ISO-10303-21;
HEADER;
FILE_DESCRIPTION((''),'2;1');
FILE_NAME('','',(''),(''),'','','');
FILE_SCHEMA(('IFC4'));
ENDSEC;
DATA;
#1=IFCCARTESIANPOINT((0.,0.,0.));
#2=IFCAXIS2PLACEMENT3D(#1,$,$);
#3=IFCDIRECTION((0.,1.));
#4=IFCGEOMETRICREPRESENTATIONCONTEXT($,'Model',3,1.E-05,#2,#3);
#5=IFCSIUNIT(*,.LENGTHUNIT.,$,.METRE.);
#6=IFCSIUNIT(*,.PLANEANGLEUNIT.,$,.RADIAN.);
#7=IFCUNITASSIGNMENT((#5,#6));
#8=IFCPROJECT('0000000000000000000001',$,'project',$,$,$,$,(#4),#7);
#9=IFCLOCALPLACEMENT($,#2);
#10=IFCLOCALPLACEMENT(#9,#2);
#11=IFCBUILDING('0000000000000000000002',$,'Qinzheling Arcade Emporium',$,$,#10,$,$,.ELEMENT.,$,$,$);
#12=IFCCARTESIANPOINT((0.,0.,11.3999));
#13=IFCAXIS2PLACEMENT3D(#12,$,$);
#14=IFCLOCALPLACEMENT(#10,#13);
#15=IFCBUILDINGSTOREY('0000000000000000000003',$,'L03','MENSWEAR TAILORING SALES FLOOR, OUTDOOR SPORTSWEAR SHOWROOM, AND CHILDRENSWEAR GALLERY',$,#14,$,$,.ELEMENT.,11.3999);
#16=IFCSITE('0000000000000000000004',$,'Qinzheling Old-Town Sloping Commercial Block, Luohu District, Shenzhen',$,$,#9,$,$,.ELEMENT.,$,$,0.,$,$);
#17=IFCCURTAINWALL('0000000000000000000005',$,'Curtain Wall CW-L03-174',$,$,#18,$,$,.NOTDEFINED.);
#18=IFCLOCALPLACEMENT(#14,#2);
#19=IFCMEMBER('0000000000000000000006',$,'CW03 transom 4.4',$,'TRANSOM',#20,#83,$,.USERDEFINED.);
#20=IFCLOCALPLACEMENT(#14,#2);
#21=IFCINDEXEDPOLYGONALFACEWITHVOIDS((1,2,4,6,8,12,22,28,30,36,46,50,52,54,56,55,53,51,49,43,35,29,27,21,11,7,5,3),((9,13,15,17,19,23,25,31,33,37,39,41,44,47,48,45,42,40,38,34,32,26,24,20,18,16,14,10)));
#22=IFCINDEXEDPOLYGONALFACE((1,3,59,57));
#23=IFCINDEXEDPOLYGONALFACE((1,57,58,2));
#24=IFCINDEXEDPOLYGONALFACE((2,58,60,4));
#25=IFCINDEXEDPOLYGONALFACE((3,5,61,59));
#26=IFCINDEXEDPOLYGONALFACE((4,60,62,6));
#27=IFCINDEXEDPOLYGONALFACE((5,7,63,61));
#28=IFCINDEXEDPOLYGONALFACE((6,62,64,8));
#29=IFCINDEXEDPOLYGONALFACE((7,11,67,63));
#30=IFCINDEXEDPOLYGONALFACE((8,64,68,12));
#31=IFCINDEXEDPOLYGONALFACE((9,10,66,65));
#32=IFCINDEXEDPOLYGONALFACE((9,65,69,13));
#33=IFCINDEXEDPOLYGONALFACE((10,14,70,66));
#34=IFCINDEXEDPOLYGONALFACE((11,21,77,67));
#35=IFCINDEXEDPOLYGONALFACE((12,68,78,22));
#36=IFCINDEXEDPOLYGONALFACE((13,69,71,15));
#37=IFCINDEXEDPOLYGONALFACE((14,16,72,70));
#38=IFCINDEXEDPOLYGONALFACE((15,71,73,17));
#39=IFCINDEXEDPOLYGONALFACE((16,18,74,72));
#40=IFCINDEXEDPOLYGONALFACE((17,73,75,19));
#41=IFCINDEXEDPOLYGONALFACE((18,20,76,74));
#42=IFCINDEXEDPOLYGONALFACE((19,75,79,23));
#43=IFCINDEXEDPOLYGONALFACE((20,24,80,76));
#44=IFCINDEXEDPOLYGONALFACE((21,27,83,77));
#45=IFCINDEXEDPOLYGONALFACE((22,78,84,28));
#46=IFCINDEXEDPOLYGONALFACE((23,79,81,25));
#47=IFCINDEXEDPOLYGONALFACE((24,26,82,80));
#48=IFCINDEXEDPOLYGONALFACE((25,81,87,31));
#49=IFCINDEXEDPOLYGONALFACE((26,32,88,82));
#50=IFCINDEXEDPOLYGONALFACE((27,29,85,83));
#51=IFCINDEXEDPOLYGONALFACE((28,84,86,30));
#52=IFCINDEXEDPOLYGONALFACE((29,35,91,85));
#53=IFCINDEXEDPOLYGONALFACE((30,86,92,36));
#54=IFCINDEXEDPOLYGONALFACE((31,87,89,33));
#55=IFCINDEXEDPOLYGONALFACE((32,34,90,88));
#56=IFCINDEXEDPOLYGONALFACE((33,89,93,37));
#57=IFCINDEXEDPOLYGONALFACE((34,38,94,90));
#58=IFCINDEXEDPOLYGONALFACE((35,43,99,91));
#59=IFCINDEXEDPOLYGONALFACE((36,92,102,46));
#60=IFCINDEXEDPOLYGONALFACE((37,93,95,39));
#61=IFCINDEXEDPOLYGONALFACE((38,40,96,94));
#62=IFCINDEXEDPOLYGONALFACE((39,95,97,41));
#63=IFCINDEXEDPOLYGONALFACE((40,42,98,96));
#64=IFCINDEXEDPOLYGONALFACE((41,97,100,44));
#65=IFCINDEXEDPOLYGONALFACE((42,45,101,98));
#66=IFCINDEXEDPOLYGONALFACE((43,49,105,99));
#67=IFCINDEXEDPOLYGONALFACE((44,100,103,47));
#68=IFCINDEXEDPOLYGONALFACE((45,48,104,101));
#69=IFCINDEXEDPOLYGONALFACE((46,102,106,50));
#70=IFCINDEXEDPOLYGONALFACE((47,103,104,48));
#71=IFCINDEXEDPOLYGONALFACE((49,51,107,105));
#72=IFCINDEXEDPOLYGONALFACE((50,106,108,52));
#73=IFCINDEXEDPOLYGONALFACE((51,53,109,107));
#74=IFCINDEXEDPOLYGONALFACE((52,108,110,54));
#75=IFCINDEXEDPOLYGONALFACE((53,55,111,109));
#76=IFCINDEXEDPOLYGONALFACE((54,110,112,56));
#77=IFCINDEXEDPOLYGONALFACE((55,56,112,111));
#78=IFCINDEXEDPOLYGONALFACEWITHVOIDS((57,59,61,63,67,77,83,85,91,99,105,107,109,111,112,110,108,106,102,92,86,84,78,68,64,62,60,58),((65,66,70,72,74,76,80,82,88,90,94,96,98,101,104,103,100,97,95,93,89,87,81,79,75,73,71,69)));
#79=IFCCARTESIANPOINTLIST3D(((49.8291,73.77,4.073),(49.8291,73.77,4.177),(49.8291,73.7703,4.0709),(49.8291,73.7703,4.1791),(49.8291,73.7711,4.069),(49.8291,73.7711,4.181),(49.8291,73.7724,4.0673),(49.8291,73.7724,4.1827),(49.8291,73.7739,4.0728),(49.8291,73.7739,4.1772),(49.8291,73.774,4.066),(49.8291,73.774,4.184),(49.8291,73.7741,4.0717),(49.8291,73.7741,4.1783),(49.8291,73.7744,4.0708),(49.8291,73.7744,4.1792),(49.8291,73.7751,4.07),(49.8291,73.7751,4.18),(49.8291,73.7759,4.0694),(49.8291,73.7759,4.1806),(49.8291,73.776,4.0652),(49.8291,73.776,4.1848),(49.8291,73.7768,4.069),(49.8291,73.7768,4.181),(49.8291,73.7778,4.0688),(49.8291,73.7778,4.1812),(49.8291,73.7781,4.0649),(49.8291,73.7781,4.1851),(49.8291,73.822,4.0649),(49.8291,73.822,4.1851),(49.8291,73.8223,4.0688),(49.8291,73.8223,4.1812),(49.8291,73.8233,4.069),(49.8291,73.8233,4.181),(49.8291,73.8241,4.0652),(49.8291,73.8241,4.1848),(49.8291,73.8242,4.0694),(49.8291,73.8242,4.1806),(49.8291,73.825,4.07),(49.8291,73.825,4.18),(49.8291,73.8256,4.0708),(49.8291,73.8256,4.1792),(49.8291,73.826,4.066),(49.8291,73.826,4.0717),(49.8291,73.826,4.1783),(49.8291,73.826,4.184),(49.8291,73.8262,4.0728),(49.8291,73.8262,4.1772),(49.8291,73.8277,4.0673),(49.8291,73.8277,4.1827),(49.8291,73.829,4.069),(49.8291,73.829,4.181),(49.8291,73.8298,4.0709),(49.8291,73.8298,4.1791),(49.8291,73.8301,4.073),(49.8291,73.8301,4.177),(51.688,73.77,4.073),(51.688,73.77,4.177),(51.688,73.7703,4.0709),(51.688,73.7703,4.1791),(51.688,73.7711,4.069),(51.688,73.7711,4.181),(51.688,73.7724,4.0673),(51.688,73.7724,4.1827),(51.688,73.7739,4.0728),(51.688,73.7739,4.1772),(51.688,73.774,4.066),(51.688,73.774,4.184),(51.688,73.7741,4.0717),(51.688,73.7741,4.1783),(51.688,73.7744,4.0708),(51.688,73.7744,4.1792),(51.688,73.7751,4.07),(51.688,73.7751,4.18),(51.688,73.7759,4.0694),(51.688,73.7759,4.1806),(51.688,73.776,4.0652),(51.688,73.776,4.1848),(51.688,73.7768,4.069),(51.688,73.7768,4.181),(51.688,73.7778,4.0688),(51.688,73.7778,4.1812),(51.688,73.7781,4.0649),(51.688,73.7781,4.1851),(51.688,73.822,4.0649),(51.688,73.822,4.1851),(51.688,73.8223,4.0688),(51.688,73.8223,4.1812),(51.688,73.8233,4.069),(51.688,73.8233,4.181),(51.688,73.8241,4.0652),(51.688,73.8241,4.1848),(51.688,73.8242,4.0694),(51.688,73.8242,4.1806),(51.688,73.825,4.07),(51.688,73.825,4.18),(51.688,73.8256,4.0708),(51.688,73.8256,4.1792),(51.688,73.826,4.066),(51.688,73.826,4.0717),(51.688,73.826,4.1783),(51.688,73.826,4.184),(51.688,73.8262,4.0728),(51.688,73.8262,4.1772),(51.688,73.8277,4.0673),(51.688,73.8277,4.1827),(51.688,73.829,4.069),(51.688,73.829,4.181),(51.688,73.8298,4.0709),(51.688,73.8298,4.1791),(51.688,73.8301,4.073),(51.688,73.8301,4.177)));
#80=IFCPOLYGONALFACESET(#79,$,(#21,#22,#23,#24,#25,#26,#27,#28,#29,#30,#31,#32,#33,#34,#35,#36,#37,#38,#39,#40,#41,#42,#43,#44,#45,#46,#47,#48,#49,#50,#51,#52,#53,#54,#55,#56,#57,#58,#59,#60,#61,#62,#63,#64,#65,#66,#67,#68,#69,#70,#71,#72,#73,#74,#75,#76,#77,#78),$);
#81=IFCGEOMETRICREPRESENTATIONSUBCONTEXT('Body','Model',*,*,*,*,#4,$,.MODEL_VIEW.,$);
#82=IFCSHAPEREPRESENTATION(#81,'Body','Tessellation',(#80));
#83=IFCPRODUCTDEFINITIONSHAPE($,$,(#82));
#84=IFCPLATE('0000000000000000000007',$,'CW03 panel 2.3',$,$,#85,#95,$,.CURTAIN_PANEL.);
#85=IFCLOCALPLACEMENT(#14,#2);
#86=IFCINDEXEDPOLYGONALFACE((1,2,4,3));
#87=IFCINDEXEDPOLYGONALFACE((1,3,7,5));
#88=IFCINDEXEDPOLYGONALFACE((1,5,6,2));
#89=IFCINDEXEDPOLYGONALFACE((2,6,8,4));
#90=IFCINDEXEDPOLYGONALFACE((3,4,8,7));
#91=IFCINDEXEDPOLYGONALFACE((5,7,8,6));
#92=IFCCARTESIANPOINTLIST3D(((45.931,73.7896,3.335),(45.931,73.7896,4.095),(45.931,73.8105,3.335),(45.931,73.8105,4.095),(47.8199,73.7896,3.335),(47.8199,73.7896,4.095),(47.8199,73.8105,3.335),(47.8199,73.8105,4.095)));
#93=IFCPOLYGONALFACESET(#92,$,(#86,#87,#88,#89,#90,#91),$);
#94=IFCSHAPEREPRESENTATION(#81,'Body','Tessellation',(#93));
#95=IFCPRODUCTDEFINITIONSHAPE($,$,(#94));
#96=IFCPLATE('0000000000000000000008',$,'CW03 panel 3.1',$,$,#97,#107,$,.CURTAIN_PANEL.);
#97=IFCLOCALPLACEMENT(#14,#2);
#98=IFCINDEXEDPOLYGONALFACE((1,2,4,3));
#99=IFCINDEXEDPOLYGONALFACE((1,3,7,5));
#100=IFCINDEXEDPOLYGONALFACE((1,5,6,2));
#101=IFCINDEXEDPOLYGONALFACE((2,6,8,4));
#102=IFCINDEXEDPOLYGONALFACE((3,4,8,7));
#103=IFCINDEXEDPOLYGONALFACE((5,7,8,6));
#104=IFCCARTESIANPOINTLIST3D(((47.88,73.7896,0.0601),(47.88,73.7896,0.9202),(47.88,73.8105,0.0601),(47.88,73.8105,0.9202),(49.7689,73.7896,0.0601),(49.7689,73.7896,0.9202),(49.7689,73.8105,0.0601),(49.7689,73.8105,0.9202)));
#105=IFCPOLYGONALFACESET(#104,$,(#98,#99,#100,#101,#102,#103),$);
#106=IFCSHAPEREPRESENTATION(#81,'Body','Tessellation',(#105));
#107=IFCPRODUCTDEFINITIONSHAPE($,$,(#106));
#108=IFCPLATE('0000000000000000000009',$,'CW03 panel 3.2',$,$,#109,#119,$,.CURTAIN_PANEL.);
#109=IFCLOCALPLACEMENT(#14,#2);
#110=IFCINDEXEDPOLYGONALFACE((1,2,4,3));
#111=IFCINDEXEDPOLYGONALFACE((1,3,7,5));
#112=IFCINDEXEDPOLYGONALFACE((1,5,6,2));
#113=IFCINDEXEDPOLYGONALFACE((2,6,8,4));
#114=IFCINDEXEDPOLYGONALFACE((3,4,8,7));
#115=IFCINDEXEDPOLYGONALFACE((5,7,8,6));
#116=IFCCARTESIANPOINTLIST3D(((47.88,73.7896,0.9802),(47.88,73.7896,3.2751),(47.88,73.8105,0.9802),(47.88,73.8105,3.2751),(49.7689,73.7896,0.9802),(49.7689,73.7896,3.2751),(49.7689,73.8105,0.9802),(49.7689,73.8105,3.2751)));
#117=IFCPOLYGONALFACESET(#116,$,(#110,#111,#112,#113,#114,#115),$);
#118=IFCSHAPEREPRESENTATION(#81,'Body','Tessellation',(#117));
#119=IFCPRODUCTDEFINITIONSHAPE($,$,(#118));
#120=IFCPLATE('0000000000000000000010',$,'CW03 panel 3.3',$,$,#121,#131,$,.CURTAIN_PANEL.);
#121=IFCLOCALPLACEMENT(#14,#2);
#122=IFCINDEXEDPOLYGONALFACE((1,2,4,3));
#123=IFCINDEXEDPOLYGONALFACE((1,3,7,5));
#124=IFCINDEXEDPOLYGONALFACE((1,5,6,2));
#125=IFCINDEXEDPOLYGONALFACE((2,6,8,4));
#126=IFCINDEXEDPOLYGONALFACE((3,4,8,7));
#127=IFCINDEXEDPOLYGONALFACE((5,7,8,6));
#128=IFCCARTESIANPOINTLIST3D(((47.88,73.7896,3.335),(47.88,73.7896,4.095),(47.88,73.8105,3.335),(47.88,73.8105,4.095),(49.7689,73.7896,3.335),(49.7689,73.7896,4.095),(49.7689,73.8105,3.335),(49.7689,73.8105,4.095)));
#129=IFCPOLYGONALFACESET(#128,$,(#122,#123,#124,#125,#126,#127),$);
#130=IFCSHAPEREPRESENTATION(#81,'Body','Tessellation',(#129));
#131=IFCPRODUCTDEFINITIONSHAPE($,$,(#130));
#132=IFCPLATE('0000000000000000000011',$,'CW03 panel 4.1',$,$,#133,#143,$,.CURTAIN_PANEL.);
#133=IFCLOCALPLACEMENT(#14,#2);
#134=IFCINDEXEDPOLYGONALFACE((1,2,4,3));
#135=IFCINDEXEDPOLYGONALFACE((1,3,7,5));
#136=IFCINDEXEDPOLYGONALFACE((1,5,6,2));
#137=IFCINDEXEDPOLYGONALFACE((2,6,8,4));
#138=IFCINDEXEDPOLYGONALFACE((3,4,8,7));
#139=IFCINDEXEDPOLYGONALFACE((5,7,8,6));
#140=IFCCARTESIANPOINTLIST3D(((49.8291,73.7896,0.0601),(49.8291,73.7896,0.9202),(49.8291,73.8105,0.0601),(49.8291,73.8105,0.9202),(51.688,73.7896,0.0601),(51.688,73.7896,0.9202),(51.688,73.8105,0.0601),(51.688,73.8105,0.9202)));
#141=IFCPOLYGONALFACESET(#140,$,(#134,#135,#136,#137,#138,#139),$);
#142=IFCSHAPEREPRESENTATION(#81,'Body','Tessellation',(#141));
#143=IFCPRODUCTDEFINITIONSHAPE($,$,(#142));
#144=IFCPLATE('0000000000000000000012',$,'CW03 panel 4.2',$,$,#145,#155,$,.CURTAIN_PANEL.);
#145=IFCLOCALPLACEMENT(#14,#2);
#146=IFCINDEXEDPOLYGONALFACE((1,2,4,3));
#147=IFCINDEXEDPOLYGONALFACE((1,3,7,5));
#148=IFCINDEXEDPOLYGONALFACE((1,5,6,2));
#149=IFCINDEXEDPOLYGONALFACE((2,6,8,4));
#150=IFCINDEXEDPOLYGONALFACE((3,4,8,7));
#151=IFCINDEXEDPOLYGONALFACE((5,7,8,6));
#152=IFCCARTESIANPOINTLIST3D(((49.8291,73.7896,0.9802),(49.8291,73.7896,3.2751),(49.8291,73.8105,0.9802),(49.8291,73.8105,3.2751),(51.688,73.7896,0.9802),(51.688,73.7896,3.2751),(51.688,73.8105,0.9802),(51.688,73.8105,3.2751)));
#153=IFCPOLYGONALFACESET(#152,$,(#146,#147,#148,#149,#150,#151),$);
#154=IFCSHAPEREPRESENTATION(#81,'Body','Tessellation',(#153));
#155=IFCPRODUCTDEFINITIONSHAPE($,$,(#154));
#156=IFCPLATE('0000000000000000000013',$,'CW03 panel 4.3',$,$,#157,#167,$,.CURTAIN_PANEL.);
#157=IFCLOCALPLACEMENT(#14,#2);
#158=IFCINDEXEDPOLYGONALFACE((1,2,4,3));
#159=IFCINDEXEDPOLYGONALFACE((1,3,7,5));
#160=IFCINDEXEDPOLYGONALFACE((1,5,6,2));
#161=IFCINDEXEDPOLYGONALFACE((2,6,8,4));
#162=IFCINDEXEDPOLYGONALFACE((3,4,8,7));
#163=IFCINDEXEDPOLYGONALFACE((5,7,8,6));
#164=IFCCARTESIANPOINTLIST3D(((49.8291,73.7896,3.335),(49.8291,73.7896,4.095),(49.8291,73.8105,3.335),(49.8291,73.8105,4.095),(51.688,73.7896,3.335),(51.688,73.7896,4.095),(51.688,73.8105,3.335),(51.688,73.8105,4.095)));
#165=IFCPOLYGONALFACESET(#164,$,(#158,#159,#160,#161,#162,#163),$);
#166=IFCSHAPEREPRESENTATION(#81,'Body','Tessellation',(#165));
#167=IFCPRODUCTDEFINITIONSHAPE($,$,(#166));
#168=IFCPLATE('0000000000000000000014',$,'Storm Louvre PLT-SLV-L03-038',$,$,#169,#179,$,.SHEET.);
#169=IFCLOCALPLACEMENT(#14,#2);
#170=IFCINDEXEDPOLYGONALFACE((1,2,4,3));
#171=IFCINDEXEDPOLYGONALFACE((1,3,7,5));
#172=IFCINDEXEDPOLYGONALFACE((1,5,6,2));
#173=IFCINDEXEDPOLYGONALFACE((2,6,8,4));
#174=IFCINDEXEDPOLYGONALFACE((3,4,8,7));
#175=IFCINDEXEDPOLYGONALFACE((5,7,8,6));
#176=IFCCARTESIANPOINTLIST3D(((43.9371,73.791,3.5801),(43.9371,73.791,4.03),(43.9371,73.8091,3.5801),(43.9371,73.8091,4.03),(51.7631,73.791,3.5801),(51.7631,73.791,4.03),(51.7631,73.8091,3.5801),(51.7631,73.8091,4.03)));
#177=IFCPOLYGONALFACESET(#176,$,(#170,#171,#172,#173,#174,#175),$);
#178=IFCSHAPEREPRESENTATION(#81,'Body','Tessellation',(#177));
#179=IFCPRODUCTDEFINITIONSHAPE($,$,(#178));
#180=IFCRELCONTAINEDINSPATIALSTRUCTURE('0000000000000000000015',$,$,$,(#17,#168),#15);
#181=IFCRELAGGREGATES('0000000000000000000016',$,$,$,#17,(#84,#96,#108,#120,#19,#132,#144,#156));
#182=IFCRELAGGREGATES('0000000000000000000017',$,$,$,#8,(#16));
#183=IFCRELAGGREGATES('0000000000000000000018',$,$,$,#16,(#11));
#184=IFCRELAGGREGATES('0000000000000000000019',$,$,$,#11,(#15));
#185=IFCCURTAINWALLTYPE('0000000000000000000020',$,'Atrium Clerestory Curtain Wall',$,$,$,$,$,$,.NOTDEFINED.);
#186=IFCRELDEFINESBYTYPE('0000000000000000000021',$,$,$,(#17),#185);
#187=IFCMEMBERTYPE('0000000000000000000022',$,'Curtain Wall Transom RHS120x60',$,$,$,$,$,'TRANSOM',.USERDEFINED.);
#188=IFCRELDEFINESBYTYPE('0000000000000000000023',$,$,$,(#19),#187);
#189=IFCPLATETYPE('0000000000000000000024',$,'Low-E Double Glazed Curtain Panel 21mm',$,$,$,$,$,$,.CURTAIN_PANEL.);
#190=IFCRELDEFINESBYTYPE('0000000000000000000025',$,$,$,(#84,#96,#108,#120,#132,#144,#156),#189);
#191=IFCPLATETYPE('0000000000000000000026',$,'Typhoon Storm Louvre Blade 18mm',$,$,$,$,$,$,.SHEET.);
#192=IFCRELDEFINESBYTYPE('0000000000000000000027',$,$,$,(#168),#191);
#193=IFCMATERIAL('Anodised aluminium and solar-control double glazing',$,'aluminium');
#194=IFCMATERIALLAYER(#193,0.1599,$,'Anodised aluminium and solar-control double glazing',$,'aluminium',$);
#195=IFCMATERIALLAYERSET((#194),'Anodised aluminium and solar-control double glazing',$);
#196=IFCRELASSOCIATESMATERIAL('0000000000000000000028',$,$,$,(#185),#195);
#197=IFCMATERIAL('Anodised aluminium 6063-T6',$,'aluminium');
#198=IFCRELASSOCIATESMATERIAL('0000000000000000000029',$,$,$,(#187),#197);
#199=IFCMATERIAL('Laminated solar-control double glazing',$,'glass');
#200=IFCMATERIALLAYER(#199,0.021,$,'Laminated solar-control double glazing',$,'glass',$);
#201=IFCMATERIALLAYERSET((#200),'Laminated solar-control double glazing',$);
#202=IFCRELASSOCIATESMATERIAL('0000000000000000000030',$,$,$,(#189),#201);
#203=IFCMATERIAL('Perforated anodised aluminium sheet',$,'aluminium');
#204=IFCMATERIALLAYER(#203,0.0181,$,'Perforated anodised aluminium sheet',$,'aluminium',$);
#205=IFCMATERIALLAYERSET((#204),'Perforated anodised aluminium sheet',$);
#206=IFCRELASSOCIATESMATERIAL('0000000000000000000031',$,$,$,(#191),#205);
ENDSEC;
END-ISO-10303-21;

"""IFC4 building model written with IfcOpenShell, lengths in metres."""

from ifc_helpers import new_model, si_unit, direction, frame, origin, origin_2d, place, context, subcontext, project, spatial, rectangle, hollow_rectangle, extrude, material, layer, layer_set, material_profile, profile_set, type_object, element, aggregate, save


model = new_model("IFC4")

# Units and contexts
model_context = context("Model", 3, precision=1e-05, world=origin(), true_north=direction((0.0, 1.0)))
body_context = subcontext(model_context, "Body", "Model", "MODEL_VIEW")
ifc_project = project(units=[si_unit("LENGTHUNIT", "METRE"), si_unit("PLANEANGLEUNIT", "RADIAN")], contexts=[model_context])

# Site, building, storey
site_placement = place(None, origin())
site = spatial("IfcSite", under=ifc_project, at=site_placement, Name="Qinzheling Old-Town Sloping Commercial Block, Luohu District, Shenzhen", CompositionType="ELEMENT", RefElevation=0.0)
building_placement = place(site_placement, origin())
building = spatial("IfcBuilding", under=site, at=building_placement, Name="Qinzheling Arcade Emporium", CompositionType="ELEMENT")
storey_placement = place(building_placement, frame((0.0, 0.0, 11.3999)))
storey = spatial("IfcBuildingStorey", under=building, at=storey_placement, Name="L03", Description="MENSWEAR TAILORING SALES FLOOR, OUTDOOR SPORTSWEAR SHOWROOM, AND CHILDRENSWEAR GALLERY", CompositionType="ELEMENT", Elevation=11.3999)

# Curtain wall, member, plates
ifc_material_1 = material(Name="Anodised aluminium and solar-control double glazing", Category="aluminium")
ifc_layer_1 = layer(ifc_material_1, 0.1599, Name="Anodised aluminium and solar-control double glazing", Category="aluminium")
ifc_layer_set_1 = layer_set([ifc_layer_1], Name="Anodised aluminium and solar-control double glazing")
curtain_wall_type = type_object("IfcCurtainWallType", Name="Atrium Clerestory Curtain Wall", PredefinedType="NOTDEFINED", material=ifc_layer_set_1)
curtain_wall_placement = place(storey_placement, origin())
curtain_wall = element("IfcCurtainWall", 1, at=curtain_wall_placement, inside=storey, type_object=curtain_wall_type, Name="Curtain Wall CW-L03-174", PredefinedType="NOTDEFINED")
ifc_material_2 = material(Name="Anodised aluminium 6063-T6", Category="aluminium")
ifc_material_profile_1 = material_profile(ifc_material_2, hollow_rectangle(XDim=0.0601, YDim=0.1201, WallThickness=0.0039, InnerFilletRadius=0.0039, OuterFilletRadius=0.0081, at=origin_2d()), Name="RHS 120x60x4", Category="aluminium")
ifc_profile_set_1 = profile_set([ifc_material_profile_1], Name="Anodised aluminium 6063-T6")
member_type_1 = type_object("IfcMemberType", Name="Curtain Wall Transom RHS120x60", ElementType="TRANSOM", PredefinedType="USERDEFINED", material=ifc_profile_set_1)
member_1_placement = place(storey_placement, frame((49.8291, 73.8, 4.125), z_axis=(1.0, 0.0, 0.0), x_axis=(0.0, 1.0, 0.0)))
member_1 = element("IfcMember", 2, at=member_1_placement, type_object=member_type_1, Name="CW03 transom 4.4", ObjectType="TRANSOM", PredefinedType="USERDEFINED", context=body_context, shape_type="SweptSolid", body=[
    extrude(hollow_rectangle(XDim=0.0601, YDim=0.1201, WallThickness=0.0039, InnerFilletRadius=0.0039, OuterFilletRadius=0.0081, at=origin_2d()), origin(), (0.0, 0.0, 1.0), 1.8589),
])
ifc_material_3 = material(Name="Laminated solar-control double glazing", Category="glass")
ifc_layer_2 = layer(ifc_material_3, 0.021, Name="Laminated solar-control double glazing", Category="glass")
ifc_layer_set_2 = layer_set([ifc_layer_2], Name="Laminated solar-control double glazing")
plate_type_1 = type_object("IfcPlateType", Name="Low-E Double Glazed Curtain Panel 21mm", PredefinedType="CURTAIN_PANEL", material=ifc_layer_set_2)
plate_1_placement = place(storey_placement, frame((46.8755, 73.8, 3.335), z_axis=(0.0, 0.0, 1.0), x_axis=(1.0, 0.0, 0.0)))
plate_1 = element("IfcPlate", 3, at=plate_1_placement, type_object=plate_type_1, Name="CW03 panel 2.3", PredefinedType="CURTAIN_PANEL", context=body_context, shape_type="SweptSolid", body=[
    extrude(rectangle(XDim=1.8889, YDim=0.021, at=origin_2d()), origin(), (0.0, 0.0, 1.0), 0.76),
])
plate_2_placement = place(storey_placement, frame((48.8245, 73.8, 0.0601), z_axis=(0.0, 0.0, 1.0), x_axis=(1.0, 0.0, 0.0)))
plate_2 = element("IfcPlate", 4, at=plate_2_placement, type_object=plate_type_1, Name="CW03 panel 3.1", PredefinedType="CURTAIN_PANEL", context=body_context, shape_type="SweptSolid", body=[
    extrude(rectangle(XDim=1.8889, YDim=0.021, at=origin_2d()), origin(), (0.0, 0.0, 1.0), 0.8601),
])
plate_3_placement = place(storey_placement, frame((48.8245, 73.8, 0.9802), z_axis=(0.0, 0.0, 1.0), x_axis=(1.0, 0.0, 0.0)))
plate_3 = element("IfcPlate", 5, at=plate_3_placement, type_object=plate_type_1, Name="CW03 panel 3.2", PredefinedType="CURTAIN_PANEL", context=body_context, shape_type="SweptSolid", body=[
    extrude(rectangle(XDim=1.8889, YDim=0.021, at=origin_2d()), origin(), (0.0, 0.0, 1.0), 2.2949),
])
plate_4_placement = place(storey_placement, frame((48.8245, 73.8, 3.335), z_axis=(0.0, 0.0, 1.0), x_axis=(1.0, 0.0, 0.0)))
plate_4 = element("IfcPlate", 6, at=plate_4_placement, type_object=plate_type_1, Name="CW03 panel 3.3", PredefinedType="CURTAIN_PANEL", context=body_context, shape_type="SweptSolid", body=[
    extrude(rectangle(XDim=1.8889, YDim=0.021, at=origin_2d()), origin(), (0.0, 0.0, 1.0), 0.76),
])
plate_5_placement = place(storey_placement, frame((50.7585, 73.8, 0.0601), z_axis=(0.0, 0.0, 1.0), x_axis=(1.0, 0.0, 0.0)))
plate_5 = element("IfcPlate", 7, at=plate_5_placement, type_object=plate_type_1, Name="CW03 panel 4.1", PredefinedType="CURTAIN_PANEL", context=body_context, shape_type="SweptSolid", body=[
    extrude(rectangle(XDim=1.8589, YDim=0.021, at=origin_2d()), origin(), (0.0, 0.0, 1.0), 0.8601),
])
plate_6_placement = place(storey_placement, frame((50.7585, 73.8, 0.9802), z_axis=(0.0, 0.0, 1.0), x_axis=(1.0, 0.0, 0.0)))
plate_6 = element("IfcPlate", 8, at=plate_6_placement, type_object=plate_type_1, Name="CW03 panel 4.2", PredefinedType="CURTAIN_PANEL", context=body_context, shape_type="SweptSolid", body=[
    extrude(rectangle(XDim=1.8589, YDim=0.021, at=origin_2d()), origin(), (0.0, 0.0, 1.0), 2.2949),
])
plate_7_placement = place(storey_placement, frame((50.7585, 73.8, 3.335), z_axis=(0.0, 0.0, 1.0), x_axis=(1.0, 0.0, 0.0)))
plate_7 = element("IfcPlate", 9, at=plate_7_placement, type_object=plate_type_1, Name="CW03 panel 4.3", PredefinedType="CURTAIN_PANEL", context=body_context, shape_type="SweptSolid", body=[
    extrude(rectangle(XDim=1.8589, YDim=0.021, at=origin_2d()), origin(), (0.0, 0.0, 1.0), 0.76),
])
aggregate(curtain_wall, [plate_1, plate_2, plate_3, plate_4, member_1, plate_5, plate_6, plate_7])

# Plate
ifc_material_4 = material(Name="Perforated anodised aluminium sheet", Category="aluminium")
ifc_layer_3 = layer(ifc_material_4, 0.0181, Name="Perforated anodised aluminium sheet", Category="aluminium")
ifc_layer_set_3 = layer_set([ifc_layer_3], Name="Perforated anodised aluminium sheet")
plate_type_2 = type_object("IfcPlateType", Name="Typhoon Storm Louvre Blade 18mm", PredefinedType="SHEET", material=ifc_layer_set_3)
plate_8_placement = place(storey_placement, frame((47.8501, 73.8, 3.5801), z_axis=(0.0, 0.0, 1.0), x_axis=(1.0, 0.0, 0.0)))
element("IfcPlate", 10, at=plate_8_placement, inside=storey, type_object=plate_type_2, Name="Storm Louvre PLT-SLV-L03-038", PredefinedType="SHEET", context=body_context, shape_type="SweptSolid", body=[
    extrude(rectangle(XDim=7.8259, YDim=0.0181, at=origin_2d()), origin(), (0.0, 0.0, 1.0), 0.45),
])

save(model, "model.ifc")
